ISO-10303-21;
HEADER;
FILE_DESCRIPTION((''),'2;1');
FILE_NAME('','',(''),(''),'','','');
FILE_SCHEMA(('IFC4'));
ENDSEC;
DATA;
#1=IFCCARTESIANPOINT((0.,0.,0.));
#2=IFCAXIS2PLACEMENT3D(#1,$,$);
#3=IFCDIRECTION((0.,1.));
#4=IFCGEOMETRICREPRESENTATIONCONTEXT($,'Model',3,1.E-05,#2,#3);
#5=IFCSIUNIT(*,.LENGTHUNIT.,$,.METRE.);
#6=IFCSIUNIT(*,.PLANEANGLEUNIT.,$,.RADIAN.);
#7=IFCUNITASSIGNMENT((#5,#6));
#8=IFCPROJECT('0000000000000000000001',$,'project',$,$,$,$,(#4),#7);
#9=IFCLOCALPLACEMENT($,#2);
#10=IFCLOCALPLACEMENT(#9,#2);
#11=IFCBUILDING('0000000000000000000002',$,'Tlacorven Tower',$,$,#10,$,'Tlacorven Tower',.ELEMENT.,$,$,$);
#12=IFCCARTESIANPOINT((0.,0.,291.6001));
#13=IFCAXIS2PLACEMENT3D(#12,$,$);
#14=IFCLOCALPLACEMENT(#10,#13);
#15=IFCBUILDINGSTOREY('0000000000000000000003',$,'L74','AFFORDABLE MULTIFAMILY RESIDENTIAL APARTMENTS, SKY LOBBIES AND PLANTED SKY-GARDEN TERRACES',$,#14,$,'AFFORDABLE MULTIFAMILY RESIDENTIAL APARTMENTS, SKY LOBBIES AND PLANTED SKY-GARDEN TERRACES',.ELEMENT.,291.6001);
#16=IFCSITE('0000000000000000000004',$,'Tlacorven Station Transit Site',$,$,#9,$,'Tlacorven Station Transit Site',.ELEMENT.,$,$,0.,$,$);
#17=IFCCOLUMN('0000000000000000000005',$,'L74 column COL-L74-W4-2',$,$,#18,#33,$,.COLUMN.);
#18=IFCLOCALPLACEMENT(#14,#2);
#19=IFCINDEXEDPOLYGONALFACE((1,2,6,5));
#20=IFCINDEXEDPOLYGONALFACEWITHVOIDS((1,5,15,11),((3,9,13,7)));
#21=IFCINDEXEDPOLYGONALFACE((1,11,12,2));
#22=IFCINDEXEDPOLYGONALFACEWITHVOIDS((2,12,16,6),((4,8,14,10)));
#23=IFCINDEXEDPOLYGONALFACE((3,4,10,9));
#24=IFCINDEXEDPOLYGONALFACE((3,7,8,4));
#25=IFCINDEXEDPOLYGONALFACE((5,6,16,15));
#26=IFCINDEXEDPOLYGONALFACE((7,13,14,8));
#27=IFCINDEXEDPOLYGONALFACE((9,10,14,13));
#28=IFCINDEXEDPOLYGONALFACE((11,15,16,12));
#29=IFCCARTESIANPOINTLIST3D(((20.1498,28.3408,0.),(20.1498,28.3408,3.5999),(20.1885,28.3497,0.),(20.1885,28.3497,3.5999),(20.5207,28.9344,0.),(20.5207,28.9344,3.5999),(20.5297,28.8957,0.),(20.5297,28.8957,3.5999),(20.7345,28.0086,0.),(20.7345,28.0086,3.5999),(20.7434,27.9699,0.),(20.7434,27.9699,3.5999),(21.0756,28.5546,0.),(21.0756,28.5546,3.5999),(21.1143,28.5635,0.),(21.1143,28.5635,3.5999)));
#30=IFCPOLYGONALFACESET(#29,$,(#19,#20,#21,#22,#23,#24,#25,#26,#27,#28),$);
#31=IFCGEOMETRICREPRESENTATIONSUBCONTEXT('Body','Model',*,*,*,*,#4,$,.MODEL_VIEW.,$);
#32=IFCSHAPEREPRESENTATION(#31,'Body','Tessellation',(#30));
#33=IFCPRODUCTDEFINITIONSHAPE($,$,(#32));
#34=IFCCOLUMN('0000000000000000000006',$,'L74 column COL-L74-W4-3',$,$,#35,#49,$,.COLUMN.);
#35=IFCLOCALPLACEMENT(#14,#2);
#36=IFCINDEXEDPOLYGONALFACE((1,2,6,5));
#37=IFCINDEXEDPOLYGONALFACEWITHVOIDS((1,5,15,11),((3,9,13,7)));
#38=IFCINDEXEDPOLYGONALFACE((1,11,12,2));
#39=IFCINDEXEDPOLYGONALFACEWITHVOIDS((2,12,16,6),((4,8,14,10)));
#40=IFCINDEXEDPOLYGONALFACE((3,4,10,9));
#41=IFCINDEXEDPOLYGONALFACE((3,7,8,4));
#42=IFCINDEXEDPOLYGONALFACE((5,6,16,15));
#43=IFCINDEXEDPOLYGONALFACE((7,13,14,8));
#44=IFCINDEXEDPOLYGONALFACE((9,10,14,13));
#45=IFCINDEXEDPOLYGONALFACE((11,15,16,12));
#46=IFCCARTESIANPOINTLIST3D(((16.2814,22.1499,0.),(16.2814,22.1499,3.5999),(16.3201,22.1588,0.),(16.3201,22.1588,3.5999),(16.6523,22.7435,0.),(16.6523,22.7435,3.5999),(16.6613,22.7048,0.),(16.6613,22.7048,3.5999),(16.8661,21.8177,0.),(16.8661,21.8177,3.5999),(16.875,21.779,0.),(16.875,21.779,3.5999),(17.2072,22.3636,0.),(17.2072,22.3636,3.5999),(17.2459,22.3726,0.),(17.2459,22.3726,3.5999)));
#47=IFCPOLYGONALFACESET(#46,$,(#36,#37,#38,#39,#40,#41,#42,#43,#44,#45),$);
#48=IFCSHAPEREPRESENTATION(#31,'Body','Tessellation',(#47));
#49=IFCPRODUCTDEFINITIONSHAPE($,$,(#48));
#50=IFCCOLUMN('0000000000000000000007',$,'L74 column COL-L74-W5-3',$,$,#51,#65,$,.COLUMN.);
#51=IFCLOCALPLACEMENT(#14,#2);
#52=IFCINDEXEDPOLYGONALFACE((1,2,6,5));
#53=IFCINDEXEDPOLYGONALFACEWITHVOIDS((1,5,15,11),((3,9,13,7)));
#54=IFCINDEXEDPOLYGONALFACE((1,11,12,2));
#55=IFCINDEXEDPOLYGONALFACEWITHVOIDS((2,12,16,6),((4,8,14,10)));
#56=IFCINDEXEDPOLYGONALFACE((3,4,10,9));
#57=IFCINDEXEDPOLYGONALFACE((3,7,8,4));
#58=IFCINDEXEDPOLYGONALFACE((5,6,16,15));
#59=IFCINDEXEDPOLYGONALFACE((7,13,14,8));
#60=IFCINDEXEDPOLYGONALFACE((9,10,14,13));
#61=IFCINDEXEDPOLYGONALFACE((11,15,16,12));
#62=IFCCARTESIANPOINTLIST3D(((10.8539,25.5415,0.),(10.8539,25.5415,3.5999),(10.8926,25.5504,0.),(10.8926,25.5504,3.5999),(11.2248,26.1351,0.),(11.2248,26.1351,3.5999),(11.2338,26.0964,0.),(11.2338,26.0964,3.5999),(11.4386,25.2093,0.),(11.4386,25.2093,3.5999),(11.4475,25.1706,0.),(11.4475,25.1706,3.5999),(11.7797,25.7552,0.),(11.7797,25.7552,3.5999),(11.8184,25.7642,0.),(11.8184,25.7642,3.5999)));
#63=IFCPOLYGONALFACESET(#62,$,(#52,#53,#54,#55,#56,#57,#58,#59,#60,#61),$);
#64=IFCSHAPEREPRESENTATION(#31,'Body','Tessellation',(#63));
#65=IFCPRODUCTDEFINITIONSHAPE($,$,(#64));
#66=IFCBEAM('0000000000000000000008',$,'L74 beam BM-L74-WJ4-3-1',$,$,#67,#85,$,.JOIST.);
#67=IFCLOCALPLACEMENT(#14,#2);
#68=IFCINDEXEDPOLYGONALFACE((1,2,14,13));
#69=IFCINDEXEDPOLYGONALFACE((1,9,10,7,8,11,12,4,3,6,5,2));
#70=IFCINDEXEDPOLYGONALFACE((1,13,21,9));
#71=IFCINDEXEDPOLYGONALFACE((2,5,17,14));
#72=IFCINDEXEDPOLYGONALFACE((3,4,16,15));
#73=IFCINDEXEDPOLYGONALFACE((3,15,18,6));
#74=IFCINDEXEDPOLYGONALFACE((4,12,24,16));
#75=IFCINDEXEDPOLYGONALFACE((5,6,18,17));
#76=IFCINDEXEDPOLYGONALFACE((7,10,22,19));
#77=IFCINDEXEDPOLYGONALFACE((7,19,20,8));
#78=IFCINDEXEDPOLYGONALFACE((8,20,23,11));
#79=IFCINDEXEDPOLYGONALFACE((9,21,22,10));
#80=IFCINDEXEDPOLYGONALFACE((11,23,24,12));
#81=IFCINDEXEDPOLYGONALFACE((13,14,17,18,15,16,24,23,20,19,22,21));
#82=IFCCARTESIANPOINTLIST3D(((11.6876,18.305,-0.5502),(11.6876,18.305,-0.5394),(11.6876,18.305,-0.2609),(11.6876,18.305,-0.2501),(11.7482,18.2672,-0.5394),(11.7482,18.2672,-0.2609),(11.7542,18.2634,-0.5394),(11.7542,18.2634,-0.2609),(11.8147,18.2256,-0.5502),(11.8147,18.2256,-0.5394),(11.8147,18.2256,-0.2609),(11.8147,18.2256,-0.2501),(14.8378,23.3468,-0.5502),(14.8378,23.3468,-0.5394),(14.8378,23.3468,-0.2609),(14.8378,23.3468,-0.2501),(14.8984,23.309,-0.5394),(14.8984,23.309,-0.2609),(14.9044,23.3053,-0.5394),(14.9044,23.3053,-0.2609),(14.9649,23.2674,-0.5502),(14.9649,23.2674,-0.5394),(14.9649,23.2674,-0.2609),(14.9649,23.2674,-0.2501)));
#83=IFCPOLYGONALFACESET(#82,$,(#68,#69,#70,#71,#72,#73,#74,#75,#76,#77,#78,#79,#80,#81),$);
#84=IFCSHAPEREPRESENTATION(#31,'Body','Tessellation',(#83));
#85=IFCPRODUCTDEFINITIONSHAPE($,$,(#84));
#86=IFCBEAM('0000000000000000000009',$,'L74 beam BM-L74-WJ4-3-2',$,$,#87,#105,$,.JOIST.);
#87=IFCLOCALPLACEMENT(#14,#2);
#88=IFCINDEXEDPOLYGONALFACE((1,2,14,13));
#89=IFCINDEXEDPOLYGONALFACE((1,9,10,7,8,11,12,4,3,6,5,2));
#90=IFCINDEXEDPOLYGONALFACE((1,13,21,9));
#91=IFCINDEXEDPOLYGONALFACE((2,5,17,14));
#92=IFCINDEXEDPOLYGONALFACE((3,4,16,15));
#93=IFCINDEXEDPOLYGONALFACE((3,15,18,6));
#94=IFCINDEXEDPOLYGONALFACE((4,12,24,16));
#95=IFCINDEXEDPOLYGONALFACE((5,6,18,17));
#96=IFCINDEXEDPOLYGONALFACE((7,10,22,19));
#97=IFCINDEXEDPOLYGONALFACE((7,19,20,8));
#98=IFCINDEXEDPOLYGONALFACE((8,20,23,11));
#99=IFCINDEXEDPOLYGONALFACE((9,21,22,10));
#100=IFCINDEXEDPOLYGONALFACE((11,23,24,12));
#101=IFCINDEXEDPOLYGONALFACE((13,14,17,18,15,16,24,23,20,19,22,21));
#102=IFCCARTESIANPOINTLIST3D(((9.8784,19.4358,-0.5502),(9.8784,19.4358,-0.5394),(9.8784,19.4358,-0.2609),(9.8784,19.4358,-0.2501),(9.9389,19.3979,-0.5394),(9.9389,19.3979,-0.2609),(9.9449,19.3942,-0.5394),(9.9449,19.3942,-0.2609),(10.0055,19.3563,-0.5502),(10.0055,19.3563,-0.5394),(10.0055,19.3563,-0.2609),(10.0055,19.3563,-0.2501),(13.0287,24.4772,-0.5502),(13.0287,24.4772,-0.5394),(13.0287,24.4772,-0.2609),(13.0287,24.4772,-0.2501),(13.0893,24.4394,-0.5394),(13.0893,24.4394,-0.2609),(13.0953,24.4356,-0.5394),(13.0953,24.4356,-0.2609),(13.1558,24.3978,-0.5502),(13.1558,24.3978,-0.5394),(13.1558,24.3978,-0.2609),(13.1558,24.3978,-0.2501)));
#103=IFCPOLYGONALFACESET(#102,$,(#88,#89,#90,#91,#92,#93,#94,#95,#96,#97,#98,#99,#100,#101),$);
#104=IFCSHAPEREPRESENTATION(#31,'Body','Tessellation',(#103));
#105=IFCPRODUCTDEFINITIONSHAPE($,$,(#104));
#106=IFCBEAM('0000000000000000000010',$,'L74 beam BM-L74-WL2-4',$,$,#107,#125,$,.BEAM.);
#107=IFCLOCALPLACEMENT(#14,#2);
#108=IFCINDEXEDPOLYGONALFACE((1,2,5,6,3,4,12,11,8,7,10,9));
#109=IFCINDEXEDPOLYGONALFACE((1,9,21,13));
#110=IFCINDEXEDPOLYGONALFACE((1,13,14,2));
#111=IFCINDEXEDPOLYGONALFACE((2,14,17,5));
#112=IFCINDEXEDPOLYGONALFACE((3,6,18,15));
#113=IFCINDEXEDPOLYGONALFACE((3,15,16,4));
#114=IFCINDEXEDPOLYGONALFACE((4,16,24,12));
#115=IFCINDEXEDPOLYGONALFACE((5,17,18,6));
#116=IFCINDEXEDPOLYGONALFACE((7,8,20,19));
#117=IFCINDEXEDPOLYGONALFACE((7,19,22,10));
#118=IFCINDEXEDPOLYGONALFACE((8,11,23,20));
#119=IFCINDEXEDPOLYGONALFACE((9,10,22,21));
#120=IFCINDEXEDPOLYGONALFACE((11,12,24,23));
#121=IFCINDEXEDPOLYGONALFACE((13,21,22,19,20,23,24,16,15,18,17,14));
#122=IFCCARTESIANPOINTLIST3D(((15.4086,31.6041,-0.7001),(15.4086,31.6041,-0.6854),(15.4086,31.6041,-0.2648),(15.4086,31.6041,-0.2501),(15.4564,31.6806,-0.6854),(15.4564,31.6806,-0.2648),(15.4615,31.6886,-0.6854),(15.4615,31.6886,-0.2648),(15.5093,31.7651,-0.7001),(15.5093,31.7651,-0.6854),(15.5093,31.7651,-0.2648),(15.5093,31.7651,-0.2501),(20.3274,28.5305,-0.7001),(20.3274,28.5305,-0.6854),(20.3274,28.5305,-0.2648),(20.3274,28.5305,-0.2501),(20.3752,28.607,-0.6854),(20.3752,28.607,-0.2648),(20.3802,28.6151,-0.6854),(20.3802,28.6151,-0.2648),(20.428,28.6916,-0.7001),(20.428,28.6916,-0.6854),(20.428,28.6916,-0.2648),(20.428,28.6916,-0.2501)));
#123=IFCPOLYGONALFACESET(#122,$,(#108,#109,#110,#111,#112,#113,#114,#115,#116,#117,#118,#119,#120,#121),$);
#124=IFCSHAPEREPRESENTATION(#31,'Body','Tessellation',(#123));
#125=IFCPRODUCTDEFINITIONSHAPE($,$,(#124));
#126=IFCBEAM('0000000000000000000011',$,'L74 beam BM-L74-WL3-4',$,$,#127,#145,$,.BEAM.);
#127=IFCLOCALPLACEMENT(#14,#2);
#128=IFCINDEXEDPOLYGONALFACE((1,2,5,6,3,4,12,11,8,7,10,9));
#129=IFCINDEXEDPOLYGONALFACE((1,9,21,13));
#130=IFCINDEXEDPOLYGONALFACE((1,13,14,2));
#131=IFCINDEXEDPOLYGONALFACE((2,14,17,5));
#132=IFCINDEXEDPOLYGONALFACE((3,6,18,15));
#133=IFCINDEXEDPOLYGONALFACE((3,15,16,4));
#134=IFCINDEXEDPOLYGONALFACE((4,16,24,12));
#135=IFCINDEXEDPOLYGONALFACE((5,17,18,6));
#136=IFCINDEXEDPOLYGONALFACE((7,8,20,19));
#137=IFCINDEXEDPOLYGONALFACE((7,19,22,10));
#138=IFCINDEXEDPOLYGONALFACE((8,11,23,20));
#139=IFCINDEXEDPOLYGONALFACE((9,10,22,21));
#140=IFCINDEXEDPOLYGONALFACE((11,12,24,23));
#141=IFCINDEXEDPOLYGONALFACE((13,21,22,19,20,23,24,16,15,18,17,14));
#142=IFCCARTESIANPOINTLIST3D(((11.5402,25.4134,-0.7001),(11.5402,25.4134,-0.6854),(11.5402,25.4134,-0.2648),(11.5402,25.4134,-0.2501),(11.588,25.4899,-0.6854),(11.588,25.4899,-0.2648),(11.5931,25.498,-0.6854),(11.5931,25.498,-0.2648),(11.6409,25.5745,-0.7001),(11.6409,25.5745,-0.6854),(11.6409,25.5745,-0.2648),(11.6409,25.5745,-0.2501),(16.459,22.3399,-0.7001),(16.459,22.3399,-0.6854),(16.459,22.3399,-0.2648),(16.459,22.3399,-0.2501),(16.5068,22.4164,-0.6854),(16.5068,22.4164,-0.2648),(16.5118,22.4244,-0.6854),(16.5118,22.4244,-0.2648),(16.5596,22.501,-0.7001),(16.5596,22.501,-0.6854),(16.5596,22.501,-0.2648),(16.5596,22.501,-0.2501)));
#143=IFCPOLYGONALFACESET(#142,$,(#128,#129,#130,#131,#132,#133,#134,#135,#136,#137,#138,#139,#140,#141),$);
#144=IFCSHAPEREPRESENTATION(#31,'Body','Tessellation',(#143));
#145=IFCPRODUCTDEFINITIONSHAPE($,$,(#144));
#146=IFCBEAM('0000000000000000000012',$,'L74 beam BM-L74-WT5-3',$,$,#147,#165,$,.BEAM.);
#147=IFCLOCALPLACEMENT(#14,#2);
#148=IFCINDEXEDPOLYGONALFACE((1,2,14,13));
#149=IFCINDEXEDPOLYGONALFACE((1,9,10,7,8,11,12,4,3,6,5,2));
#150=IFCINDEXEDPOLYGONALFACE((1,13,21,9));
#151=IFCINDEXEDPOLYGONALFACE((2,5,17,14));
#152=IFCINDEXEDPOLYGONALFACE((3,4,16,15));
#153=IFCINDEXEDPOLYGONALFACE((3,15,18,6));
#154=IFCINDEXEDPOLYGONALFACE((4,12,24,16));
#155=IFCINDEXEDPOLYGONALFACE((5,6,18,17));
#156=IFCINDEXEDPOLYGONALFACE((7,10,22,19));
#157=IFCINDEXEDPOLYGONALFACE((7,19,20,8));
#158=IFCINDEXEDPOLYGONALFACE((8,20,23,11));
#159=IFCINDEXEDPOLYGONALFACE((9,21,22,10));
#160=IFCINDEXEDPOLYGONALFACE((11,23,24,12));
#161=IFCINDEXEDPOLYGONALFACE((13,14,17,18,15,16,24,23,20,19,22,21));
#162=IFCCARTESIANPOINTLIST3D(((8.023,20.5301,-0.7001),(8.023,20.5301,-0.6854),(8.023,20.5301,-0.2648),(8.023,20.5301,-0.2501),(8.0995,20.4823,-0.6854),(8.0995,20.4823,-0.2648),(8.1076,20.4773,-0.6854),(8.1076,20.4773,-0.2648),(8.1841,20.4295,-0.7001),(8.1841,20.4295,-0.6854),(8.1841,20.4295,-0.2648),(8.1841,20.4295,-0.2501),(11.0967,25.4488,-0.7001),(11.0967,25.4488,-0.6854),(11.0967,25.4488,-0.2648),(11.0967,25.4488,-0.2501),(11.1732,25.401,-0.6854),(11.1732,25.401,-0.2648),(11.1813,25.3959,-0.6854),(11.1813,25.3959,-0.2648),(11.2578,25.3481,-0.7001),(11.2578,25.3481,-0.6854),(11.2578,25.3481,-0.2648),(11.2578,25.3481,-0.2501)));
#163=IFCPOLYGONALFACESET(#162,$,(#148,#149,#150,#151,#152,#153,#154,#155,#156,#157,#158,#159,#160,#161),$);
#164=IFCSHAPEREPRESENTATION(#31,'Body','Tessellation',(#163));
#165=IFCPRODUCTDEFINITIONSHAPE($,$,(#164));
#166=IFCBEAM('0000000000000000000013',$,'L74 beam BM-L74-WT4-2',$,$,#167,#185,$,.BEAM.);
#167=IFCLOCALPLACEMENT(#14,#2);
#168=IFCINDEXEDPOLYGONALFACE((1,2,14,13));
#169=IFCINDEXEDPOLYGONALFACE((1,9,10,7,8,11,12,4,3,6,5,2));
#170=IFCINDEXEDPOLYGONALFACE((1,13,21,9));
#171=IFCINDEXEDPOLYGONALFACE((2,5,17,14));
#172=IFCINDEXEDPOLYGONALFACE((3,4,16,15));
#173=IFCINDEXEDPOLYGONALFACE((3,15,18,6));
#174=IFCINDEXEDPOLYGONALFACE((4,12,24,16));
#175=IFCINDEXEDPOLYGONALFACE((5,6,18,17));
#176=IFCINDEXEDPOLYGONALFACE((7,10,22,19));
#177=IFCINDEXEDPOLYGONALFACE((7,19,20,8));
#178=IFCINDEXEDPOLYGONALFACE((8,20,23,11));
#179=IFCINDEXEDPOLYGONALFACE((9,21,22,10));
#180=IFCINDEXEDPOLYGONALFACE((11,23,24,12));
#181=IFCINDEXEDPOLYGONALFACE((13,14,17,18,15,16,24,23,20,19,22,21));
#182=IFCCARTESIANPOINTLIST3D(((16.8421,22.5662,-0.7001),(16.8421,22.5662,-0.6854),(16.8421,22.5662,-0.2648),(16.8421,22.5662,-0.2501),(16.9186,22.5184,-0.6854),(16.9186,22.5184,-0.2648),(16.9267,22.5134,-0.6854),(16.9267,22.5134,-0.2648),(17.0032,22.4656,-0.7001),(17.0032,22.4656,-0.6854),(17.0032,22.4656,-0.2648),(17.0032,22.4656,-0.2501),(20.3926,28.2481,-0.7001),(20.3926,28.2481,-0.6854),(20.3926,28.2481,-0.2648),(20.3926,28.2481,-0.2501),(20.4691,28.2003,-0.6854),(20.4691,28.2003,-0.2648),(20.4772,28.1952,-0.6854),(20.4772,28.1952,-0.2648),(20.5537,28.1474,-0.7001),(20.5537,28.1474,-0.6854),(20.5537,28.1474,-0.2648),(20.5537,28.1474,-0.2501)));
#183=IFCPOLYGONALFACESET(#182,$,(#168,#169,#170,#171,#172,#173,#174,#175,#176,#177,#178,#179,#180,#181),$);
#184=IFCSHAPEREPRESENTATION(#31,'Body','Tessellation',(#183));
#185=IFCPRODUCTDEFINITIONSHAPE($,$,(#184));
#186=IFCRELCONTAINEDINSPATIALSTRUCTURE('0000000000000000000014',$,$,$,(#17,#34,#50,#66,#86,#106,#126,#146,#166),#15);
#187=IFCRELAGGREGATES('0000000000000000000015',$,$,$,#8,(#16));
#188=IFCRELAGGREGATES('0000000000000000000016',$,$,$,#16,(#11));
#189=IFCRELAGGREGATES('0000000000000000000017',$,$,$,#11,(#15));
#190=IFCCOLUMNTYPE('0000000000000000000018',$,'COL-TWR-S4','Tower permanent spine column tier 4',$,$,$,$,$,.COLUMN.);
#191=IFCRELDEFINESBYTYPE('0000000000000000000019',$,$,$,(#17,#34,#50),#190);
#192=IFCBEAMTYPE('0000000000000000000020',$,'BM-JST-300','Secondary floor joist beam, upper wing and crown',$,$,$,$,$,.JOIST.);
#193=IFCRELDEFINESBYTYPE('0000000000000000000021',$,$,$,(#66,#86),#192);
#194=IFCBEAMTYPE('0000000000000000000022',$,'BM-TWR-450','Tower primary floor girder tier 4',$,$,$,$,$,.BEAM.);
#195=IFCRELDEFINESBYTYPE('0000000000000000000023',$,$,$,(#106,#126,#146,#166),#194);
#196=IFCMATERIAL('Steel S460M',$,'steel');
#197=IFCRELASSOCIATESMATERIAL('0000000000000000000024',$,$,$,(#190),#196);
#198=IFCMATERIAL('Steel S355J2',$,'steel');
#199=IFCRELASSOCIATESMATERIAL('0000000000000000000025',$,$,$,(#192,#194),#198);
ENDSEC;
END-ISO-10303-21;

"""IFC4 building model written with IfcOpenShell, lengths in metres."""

from ifc_helpers import new_model, si_unit, direction, frame, origin, origin_2d, place, context, subcontext, project, spatial, hollow_rectangle, i_section, extrude, source, transform, mapped, material, material_profile, profile_set, type_object, element, save


model = new_model("IFC4")

# Units and contexts
model_context = context("Model", 3, precision=1e-05, world=origin(), true_north=direction((0.0, 1.0)))
body_context = subcontext(model_context, "Body", "Model", "MODEL_VIEW")
ifc_project = project(units=[si_unit("LENGTHUNIT", "METRE"), si_unit("PLANEANGLEUNIT", "RADIAN")], contexts=[model_context])

# Site, building, storey
site_placement = place(None, origin())
site = spatial("IfcSite", under=ifc_project, at=site_placement, Name="Tlacorven Station Transit Site", LongName="Tlacorven Station Transit Site", CompositionType="ELEMENT", RefElevation=0.0)
building_placement = place(site_placement, origin())
building = spatial("IfcBuilding", under=site, at=building_placement, Name="Tlacorven Tower", LongName="Tlacorven Tower", CompositionType="ELEMENT")
storey_placement = place(building_placement, frame((0.0, 0.0, 291.6001)))
storey = spatial("IfcBuildingStorey", under=building, at=storey_placement, Name="L74", Description="AFFORDABLE MULTIFAMILY RESIDENTIAL APARTMENTS, SKY LOBBIES AND PLANTED SKY-GARDEN TERRACES", LongName="AFFORDABLE MULTIFAMILY RESIDENTIAL APARTMENTS, SKY LOBBIES AND PLANTED SKY-GARDEN TERRACES", CompositionType="ELEMENT", Elevation=291.6001)

# Columns
ifc_material_1 = material(Name="Steel S460M", Category="steel")
ifc_material_profile_1 = material_profile(ifc_material_1, hollow_rectangle(XDim=0.7, YDim=0.7, WallThickness=0.0281, at=origin_2d()), Name="BOX 700X700X28")
ifc_profile_set_1 = profile_set([ifc_material_profile_1], Name="Steel S460M")
column_type = type_object("IfcColumnType", Name="COL-TWR-S4", Description="Tower permanent spine column tier 4", PredefinedType="COLUMN", material=ifc_profile_set_1)
shared_shape_1 = source(origin(), body_context, "Body", "SweptSolid", [
    extrude(hollow_rectangle(XDim=0.7, YDim=0.7, WallThickness=0.0281, at=origin_2d()), origin(), (0.0, 0.0, 1.0), 3.5999),
])
for number, where, z_axis, x_axis, name in (
    (1, (20.6321, 28.4521, 0.0), (0.0, 0.0, 1.0), (-0.848048, 0.529919, 0.0), "L74 column COL-L74-W4-2"),
    (2, (16.7637, 22.2612, 0.0), (0.0, 0.0, 1.0), (-0.848048, 0.529919, 0.0), "L74 column COL-L74-W4-3"),
    (3, (11.3362, 25.6528, 0.0), (0.0, 0.0, 1.0), (-0.848048, 0.529919, 0.0), "L74 column COL-L74-W5-3"),
):
    element("IfcColumn", number, at=place(storey_placement, frame(where, z_axis=z_axis, x_axis=x_axis)), inside=storey, type_object=column_type, Name=name, PredefinedType="COLUMN", context=body_context, shape_type="MappedRepresentation", body=[
        mapped(shared_shape_1, transform((0.0, 0.0, 0.0), scale=1.0)),
    ])

# Beams
ifc_material_2 = material(Name="Steel S355J2", Category="steel")
ifc_material_profile_2 = material_profile(ifc_material_2, i_section(OverallWidth=0.1499, OverallDepth=0.3, WebThickness=0.0071, FlangeThickness=0.0107, at=origin_2d()), Name="IPE 300")
ifc_profile_set_2 = profile_set([ifc_material_profile_2], Name="Steel S355J2")
beam_type_1 = type_object("IfcBeamType", Name="BM-JST-300", Description="Secondary floor joist beam, upper wing and crown", PredefinedType="JOIST", material=ifc_profile_set_2)
shared_shape_2 = source(origin(), body_context, "Body", "SweptSolid", [
    extrude(i_section(OverallWidth=0.1499, OverallDepth=0.3, WebThickness=0.0071, FlangeThickness=0.0107, at=origin_2d()), origin(), (0.0, 0.0, 1.0), 5.9451),
])
beam_1_placement = place(storey_placement, frame((14.9014, 23.3071, -0.4001), z_axis=(-0.529885, -0.84807, 0.0), x_axis=(0.84807, -0.529885, 0.0)))
element("IfcBeam", 4, at=beam_1_placement, inside=storey, type_object=beam_type_1, Name="L74 beam BM-L74-WJ4-3-1", PredefinedType="JOIST", context=body_context, shape_type="MappedRepresentation", body=[
    mapped(shared_shape_2, transform((0.0, 0.0, 0.0), scale=1.0)),
])
shared_shape_3 = source(origin(), body_context, "Body", "SweptSolid", [
    extrude(i_section(OverallWidth=0.1499, OverallDepth=0.3, WebThickness=0.0071, FlangeThickness=0.0107, at=origin_2d()), origin(), (0.0, 0.0, 1.0), 5.9448),
])
beam_2_placement = place(storey_placement, frame((13.0923, 24.4375, -0.4001), z_axis=(-0.529932, -0.84804, 0.0), x_axis=(0.84804, -0.529932, 0.0)))
element("IfcBeam", 5, at=beam_2_placement, inside=storey, type_object=beam_type_1, Name="L74 beam BM-L74-WJ4-3-2", PredefinedType="JOIST", context=body_context, shape_type="MappedRepresentation", body=[
    mapped(shared_shape_3, transform((0.0, 0.0, 0.0), scale=1.0)),
])
ifc_material_profile_3 = material_profile(ifc_material_2, i_section(OverallWidth=0.1899, OverallDepth=0.45, WebThickness=0.0095, FlangeThickness=0.0146, at=origin_2d()), Name="IPE 450")
ifc_profile_set_3 = profile_set([ifc_material_profile_3], Name="Steel S355J2")
beam_type_2 = type_object("IfcBeamType", Name="BM-TWR-450", Description="Tower primary floor girder tier 4", PredefinedType="BEAM", material=ifc_profile_set_3)
shared_shape_4 = source(origin(), body_context, "Body", "SweptSolid", [
    extrude(i_section(OverallWidth=0.1899, OverallDepth=0.45, WebThickness=0.0095, FlangeThickness=0.0146, at=origin_2d()), origin(), (0.0, 0.0, 1.0), 5.8),
])
for number, where, z_axis, x_axis, name in (
    (6, (20.3777, 28.6111, -0.4751), (-0.848053, 0.529912, 0.0), (-0.529912, -0.848053, 0.0), "L74 beam BM-L74-WL2-4"),
    (7, (16.5093, 22.4204, -0.4751), (-0.848053, 0.529912, 0.0), (-0.529912, -0.848053, 0.0), "L74 beam BM-L74-WL3-4"),
    (8, (11.1772, 25.3984, -0.4751), (-0.529942, -0.848034, 0.0), (0.848034, -0.529942, 0.0), "L74 beam BM-L74-WT5-3"),
):
    element("IfcBeam", number, at=place(storey_placement, frame(where, z_axis=z_axis, x_axis=x_axis)), inside=storey, type_object=beam_type_2, Name=name, PredefinedType="BEAM", context=body_context, shape_type="MappedRepresentation", body=[
        mapped(shared_shape_4, transform((0.0, 0.0, 0.0), scale=1.0)),
    ])
shared_shape_5 = source(origin(), body_context, "Body", "SweptSolid", [
    extrude(i_section(OverallWidth=0.1899, OverallDepth=0.45, WebThickness=0.0095, FlangeThickness=0.0146, at=origin_2d()), origin(), (0.0, 0.0, 1.0), 6.7),
])
beam_3_placement = place(storey_placement, frame((20.4731, 28.1978, -0.4751), z_axis=(-0.52993, -0.848041, 0.0), x_axis=(0.848041, -0.52993, 0.0)))
element("IfcBeam", 9, at=beam_3_placement, inside=storey, type_object=beam_type_2, Name="L74 beam BM-L74-WT4-2", PredefinedType="BEAM", context=body_context, shape_type="MappedRepresentation", body=[
    mapped(shared_shape_5, transform((0.0, 0.0, 0.0), scale=1.0)),
])

save(model, "model.ifc")
